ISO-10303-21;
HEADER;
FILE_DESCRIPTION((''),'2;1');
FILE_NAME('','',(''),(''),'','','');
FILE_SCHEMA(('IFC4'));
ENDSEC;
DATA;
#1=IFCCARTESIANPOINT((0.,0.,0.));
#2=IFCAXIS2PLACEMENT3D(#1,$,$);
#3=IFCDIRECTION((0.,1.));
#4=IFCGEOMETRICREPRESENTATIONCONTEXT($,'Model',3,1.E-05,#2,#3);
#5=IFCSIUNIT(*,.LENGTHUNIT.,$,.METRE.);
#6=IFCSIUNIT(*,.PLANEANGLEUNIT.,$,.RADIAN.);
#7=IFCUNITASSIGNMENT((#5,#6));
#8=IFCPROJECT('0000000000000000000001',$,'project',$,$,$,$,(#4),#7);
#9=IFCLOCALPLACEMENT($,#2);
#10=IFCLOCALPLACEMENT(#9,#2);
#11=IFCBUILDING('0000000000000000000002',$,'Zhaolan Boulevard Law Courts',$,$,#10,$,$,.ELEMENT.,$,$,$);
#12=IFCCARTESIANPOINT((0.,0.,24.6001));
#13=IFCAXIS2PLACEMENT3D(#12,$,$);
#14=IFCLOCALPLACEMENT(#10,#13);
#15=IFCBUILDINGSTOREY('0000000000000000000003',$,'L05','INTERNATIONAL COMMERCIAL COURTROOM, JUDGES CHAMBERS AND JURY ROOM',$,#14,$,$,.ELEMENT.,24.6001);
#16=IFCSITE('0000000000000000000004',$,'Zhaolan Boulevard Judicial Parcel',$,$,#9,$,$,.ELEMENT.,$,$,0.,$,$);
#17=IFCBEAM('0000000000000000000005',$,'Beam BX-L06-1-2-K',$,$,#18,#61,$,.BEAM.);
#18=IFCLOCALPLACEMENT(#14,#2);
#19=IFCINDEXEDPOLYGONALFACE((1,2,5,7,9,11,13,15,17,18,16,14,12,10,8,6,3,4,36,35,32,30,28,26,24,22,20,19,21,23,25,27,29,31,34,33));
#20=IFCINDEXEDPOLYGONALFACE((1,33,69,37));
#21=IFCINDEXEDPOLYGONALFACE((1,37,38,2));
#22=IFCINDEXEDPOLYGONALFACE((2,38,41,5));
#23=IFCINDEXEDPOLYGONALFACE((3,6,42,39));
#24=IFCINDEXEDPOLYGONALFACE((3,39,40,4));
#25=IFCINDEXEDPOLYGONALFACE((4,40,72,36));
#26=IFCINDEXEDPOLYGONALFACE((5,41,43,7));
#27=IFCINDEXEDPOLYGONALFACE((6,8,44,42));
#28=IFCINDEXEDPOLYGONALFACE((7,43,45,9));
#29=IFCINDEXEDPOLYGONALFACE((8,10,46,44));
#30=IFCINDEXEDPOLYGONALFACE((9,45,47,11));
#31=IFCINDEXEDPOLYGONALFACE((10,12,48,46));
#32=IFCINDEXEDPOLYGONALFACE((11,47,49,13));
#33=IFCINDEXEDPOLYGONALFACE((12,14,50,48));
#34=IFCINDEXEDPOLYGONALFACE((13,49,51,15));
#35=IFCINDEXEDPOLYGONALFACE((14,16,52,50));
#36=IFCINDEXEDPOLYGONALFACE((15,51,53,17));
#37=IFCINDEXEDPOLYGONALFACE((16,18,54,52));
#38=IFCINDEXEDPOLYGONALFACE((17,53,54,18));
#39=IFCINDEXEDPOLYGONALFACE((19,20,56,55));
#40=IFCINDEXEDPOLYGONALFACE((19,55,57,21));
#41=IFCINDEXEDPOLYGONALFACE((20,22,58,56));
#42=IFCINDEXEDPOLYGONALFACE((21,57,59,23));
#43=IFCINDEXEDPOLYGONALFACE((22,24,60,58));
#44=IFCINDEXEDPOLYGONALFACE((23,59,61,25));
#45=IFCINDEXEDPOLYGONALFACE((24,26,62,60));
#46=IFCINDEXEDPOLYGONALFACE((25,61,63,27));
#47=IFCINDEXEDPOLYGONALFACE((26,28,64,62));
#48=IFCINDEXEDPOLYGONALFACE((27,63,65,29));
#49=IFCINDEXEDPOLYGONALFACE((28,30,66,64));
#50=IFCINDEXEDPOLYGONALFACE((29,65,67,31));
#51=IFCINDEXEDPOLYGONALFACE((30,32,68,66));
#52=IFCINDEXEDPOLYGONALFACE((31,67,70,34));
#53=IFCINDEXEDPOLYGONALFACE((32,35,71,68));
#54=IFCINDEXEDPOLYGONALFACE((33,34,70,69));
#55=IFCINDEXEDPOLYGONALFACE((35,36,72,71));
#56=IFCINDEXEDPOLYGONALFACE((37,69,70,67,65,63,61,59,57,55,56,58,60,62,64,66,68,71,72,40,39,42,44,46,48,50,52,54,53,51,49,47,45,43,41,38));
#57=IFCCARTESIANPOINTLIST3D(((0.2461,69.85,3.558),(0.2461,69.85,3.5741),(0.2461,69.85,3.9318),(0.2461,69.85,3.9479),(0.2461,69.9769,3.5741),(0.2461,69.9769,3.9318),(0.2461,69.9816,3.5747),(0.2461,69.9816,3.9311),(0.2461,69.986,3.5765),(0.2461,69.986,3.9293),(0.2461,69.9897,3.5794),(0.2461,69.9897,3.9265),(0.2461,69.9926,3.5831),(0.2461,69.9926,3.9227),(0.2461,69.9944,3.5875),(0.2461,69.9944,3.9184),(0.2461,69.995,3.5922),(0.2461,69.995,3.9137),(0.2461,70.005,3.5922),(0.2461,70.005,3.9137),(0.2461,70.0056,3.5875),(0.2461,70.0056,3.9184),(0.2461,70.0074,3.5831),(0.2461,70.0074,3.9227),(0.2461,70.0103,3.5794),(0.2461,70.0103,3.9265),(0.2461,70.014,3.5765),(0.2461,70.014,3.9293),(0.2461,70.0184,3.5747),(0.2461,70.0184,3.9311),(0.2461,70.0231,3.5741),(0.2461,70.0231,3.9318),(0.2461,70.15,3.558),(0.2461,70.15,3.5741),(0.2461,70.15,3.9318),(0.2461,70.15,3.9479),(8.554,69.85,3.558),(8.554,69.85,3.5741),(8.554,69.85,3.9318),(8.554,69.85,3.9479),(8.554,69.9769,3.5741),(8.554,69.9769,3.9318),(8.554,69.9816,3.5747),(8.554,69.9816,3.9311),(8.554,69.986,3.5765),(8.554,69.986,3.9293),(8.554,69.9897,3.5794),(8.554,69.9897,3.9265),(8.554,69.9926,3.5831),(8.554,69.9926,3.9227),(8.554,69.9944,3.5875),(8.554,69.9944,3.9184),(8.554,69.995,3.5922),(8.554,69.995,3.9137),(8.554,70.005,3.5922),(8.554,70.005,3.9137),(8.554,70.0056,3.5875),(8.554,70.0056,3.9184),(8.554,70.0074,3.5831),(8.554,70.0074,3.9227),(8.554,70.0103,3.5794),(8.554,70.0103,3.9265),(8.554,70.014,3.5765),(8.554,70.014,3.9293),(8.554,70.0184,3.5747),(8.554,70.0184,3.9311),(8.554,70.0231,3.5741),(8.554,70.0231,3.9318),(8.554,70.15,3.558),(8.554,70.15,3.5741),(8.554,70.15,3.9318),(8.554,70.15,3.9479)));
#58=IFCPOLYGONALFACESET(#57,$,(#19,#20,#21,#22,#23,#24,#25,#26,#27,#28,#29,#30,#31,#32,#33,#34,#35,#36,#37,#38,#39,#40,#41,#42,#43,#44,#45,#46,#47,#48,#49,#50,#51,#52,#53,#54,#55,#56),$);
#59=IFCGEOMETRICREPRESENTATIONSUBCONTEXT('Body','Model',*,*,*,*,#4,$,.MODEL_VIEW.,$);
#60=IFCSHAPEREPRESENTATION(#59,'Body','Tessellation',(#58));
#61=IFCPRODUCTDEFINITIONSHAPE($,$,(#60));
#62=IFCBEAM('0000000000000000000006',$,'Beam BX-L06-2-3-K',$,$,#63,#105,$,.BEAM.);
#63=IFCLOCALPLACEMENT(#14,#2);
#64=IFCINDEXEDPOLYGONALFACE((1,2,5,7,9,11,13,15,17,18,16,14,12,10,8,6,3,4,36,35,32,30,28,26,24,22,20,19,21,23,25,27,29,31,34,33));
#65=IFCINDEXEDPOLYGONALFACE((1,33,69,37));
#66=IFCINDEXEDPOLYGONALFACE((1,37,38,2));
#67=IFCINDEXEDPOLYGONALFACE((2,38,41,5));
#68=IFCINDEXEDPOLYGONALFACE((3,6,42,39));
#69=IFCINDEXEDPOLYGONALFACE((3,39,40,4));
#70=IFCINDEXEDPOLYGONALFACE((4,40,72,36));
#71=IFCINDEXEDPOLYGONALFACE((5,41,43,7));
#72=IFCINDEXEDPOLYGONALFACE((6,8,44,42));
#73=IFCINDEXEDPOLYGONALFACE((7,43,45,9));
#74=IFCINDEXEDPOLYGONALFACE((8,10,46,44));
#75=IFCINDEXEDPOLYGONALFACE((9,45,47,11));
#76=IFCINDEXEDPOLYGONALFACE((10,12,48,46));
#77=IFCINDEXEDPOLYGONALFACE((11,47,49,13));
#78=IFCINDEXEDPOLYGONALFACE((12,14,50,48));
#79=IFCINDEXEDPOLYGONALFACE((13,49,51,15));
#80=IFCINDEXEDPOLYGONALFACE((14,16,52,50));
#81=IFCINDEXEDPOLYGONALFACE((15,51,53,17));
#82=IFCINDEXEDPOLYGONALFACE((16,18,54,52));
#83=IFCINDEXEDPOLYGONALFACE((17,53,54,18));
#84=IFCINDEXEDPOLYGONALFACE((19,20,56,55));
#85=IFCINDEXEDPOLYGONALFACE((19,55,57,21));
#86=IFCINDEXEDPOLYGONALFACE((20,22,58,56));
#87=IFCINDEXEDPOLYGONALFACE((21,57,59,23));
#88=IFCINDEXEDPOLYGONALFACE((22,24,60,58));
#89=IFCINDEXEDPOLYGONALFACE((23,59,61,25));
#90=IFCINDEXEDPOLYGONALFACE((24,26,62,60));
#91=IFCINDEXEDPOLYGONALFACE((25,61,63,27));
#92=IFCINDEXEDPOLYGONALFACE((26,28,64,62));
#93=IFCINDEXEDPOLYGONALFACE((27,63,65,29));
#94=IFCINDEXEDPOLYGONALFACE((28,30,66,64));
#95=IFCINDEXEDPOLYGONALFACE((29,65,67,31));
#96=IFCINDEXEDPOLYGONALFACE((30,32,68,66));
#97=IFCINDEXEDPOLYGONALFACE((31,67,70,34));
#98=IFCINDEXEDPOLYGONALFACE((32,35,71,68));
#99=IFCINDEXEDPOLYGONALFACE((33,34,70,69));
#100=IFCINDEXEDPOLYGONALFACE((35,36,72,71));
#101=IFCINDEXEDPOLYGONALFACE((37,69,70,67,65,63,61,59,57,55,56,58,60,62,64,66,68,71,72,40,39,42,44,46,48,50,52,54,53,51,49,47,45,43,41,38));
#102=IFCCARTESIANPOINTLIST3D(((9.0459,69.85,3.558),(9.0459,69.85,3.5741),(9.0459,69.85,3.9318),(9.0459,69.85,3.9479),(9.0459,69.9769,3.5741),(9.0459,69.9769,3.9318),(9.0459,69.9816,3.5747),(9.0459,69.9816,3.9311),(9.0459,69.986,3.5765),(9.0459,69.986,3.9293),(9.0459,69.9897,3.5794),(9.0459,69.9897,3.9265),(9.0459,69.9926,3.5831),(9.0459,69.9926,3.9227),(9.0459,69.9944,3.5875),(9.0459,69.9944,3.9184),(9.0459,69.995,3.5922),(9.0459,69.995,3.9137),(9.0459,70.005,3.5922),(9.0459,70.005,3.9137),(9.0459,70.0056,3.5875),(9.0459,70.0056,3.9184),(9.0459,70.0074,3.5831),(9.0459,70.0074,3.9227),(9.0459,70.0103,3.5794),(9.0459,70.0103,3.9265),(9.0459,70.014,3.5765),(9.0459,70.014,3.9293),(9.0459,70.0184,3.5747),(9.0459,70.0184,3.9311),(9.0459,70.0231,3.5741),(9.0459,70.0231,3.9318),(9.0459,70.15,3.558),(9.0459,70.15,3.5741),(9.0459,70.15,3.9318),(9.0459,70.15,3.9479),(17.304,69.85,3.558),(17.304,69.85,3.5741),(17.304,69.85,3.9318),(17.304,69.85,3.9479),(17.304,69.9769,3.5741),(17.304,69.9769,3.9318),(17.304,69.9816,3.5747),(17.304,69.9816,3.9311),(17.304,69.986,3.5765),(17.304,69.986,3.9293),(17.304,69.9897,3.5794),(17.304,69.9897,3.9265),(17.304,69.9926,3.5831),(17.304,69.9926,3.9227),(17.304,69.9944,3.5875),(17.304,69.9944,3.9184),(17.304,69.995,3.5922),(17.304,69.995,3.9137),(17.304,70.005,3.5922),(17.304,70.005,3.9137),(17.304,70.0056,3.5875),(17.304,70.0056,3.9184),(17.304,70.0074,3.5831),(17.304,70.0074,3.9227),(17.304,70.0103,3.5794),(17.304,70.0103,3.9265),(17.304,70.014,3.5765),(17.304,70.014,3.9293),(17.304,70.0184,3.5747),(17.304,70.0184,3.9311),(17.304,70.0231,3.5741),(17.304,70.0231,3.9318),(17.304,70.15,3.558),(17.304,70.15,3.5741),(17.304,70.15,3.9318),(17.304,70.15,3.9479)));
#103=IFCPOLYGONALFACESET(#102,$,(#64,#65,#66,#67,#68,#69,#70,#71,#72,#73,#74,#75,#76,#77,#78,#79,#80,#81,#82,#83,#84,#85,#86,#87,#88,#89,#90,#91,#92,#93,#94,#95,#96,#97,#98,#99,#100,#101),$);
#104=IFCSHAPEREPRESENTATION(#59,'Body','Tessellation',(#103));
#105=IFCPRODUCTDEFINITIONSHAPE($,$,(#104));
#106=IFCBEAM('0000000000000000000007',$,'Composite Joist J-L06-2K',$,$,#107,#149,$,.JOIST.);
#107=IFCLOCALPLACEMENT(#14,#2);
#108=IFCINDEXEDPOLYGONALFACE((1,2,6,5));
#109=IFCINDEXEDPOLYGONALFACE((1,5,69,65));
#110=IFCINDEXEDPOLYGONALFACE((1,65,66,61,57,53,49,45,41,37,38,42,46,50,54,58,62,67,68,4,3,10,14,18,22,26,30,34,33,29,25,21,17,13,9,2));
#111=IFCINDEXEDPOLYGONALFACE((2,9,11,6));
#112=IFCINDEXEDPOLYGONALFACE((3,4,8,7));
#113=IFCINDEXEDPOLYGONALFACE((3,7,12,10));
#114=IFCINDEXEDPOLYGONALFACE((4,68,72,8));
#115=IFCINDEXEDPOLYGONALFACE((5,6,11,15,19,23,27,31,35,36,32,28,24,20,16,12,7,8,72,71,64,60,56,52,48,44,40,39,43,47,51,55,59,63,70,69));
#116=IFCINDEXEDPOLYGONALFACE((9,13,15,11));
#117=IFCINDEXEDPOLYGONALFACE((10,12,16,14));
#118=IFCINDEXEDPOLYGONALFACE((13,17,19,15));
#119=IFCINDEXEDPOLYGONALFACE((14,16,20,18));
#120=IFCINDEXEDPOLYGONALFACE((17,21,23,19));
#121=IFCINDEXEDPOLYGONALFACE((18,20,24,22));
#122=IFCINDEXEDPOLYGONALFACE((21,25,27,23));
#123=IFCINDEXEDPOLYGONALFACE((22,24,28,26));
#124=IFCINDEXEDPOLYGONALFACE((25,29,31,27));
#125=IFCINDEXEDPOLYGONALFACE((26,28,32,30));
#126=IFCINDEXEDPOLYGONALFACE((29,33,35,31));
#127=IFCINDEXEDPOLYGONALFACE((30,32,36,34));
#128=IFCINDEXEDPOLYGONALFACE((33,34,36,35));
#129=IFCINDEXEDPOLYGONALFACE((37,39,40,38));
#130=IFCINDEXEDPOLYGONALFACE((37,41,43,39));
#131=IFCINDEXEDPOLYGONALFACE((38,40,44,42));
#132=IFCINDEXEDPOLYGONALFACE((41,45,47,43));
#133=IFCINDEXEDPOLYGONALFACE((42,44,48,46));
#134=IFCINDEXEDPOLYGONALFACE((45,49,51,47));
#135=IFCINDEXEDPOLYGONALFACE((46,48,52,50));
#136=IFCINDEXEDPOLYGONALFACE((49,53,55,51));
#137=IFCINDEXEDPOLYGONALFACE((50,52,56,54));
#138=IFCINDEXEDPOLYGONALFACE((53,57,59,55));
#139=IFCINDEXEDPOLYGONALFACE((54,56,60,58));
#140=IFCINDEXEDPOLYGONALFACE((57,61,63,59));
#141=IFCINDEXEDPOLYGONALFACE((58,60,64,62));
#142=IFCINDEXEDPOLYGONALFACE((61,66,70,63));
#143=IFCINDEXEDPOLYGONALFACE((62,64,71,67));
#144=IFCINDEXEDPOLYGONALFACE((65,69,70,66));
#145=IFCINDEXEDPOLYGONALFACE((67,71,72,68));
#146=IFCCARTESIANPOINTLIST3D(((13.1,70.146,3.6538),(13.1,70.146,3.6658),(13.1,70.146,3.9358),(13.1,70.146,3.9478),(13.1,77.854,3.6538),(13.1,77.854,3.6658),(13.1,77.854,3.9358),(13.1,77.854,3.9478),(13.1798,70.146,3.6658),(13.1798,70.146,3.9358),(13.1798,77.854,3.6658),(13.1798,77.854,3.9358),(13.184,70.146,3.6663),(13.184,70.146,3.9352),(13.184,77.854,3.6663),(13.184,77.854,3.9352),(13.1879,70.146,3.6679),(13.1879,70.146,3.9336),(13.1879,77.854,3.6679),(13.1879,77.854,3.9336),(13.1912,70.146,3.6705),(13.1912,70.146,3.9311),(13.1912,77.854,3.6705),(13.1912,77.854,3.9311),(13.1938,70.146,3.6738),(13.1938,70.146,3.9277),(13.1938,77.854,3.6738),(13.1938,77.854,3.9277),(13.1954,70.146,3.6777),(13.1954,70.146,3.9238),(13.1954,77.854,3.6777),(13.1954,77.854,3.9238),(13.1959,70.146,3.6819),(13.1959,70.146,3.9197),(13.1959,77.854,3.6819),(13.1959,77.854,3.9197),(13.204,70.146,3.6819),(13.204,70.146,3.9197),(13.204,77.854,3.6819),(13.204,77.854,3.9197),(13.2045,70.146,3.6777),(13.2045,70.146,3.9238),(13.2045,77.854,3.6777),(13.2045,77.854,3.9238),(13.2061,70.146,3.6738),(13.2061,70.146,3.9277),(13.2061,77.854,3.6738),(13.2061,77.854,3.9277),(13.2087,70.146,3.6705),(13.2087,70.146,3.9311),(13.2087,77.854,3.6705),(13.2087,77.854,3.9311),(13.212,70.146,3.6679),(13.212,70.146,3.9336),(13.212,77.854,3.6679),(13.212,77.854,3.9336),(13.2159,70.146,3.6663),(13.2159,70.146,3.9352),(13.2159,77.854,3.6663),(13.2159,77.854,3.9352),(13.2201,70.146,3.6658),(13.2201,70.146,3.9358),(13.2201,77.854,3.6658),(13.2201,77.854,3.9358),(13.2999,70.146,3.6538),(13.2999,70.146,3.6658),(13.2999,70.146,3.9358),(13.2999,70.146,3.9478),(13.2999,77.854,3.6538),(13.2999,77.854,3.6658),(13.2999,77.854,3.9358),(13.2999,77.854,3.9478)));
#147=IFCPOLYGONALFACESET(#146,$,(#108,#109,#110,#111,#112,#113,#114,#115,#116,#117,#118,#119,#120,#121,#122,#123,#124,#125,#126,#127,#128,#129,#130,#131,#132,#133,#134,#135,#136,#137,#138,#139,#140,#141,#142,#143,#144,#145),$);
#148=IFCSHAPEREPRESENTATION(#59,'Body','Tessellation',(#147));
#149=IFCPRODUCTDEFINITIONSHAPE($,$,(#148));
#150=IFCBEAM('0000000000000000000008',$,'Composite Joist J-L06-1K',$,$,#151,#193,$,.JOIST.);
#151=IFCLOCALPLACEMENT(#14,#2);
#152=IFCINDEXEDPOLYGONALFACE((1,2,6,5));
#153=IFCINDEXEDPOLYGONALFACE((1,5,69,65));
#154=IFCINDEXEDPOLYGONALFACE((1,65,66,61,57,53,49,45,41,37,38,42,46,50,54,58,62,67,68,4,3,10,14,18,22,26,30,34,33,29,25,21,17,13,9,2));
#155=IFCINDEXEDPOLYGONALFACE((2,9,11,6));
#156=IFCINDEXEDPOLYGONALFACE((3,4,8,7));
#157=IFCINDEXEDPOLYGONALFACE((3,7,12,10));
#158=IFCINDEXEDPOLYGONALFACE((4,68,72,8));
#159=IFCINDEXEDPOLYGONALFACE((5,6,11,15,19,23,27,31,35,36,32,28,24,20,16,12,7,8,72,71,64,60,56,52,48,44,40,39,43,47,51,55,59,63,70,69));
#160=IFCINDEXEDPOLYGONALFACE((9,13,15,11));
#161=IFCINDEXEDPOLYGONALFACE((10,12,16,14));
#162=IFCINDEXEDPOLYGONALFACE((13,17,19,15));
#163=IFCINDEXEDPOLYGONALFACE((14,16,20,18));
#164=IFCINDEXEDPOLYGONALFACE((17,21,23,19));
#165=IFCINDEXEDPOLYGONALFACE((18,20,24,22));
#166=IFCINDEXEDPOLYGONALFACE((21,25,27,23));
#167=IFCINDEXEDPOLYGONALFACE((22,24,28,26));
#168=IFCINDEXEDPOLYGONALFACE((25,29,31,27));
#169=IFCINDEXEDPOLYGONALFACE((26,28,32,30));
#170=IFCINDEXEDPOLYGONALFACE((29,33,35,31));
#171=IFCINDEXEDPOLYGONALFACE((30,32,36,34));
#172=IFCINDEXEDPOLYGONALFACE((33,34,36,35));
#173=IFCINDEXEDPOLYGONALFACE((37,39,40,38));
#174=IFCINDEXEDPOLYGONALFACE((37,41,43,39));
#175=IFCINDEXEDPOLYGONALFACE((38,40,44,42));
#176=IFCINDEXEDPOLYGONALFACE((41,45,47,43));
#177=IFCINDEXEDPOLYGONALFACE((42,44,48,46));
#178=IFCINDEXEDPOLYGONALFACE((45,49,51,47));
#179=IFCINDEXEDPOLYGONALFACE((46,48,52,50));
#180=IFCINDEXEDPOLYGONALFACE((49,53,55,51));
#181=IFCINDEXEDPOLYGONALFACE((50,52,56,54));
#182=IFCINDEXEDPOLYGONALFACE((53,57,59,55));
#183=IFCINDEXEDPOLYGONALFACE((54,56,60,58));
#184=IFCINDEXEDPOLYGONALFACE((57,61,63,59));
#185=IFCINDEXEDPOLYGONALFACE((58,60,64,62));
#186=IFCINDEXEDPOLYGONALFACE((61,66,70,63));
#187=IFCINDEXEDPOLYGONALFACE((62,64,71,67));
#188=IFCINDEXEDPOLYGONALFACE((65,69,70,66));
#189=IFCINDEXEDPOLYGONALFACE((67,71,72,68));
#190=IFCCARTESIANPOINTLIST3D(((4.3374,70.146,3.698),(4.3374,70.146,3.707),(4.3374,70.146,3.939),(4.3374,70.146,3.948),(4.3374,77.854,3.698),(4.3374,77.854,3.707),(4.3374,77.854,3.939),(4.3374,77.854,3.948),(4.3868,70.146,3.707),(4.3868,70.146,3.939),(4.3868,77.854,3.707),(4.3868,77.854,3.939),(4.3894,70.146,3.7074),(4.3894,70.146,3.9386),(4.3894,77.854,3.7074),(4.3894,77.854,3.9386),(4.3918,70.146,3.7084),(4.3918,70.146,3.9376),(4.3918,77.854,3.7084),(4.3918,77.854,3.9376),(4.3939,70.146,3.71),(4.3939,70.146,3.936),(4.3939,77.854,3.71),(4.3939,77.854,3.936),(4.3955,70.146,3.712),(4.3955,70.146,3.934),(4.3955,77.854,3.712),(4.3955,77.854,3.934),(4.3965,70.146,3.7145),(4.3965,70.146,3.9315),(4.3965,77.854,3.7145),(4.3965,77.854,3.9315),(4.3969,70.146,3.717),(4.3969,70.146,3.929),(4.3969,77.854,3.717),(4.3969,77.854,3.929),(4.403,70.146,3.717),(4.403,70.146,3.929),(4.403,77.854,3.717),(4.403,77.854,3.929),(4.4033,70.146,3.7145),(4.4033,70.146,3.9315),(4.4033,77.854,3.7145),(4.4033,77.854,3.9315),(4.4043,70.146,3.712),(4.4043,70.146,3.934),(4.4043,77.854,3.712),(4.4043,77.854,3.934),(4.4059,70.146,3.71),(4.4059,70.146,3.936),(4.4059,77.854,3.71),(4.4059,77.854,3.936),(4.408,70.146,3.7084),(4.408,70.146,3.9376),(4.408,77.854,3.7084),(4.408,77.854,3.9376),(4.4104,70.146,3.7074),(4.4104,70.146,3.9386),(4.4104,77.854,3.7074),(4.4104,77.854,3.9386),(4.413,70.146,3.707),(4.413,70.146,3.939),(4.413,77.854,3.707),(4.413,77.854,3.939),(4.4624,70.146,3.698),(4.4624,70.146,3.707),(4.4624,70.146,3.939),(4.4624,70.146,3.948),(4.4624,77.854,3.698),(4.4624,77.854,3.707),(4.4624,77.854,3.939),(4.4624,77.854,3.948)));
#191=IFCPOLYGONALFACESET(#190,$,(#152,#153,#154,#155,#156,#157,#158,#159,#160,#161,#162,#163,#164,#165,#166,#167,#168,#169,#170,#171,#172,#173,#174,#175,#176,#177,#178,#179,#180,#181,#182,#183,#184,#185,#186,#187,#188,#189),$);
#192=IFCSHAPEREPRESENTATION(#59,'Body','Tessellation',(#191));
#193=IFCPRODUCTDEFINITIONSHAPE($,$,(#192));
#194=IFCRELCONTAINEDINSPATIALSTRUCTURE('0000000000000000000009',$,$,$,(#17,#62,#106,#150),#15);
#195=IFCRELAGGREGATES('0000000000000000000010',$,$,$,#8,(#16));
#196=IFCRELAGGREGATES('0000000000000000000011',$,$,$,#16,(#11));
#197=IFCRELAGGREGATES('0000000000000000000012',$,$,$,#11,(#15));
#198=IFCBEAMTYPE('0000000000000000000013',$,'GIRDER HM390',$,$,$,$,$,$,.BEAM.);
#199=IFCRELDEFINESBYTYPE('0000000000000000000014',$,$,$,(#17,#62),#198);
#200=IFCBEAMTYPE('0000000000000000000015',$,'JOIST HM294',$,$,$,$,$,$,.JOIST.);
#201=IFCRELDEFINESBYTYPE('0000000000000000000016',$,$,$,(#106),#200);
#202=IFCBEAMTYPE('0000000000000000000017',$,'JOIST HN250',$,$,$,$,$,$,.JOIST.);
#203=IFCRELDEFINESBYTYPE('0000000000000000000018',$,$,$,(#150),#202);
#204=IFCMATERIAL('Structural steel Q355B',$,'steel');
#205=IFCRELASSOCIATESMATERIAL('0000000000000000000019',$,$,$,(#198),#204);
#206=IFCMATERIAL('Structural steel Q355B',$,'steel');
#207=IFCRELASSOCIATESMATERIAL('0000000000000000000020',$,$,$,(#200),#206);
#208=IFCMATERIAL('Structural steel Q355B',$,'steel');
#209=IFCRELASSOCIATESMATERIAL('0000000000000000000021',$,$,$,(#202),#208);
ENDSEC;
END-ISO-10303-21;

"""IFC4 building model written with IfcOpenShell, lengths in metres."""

from ifc_helpers import new_model, si_unit, direction, frame, origin, origin_2d, place, context, subcontext, project, spatial, i_section, extrude, material, material_profile, profile_set, type_object, element, save


model = new_model("IFC4")

# Units and contexts
model_context = context("Model", 3, precision=1e-05, world=origin(), true_north=direction((0.0, 1.0)))
body_context = subcontext(model_context, "Body", "Model", "MODEL_VIEW")
ifc_project = project(units=[si_unit("LENGTHUNIT", "METRE"), si_unit("PLANEANGLEUNIT", "RADIAN")], contexts=[model_context])

# Site, building, storey
site_placement = place(None, origin())
site = spatial("IfcSite", under=ifc_project, at=site_placement, Name="Zhaolan Boulevard Judicial Parcel", CompositionType="ELEMENT", RefElevation=0.0)
building_placement = place(site_placement, origin())
building = spatial("IfcBuilding", under=site, at=building_placement, Name="Zhaolan Boulevard Law Courts", CompositionType="ELEMENT")
storey_placement = place(building_placement, frame((0.0, 0.0, 24.6001)))
storey = spatial("IfcBuildingStorey", under=building, at=storey_placement, Name="L05", Description="INTERNATIONAL COMMERCIAL COURTROOM, JUDGES CHAMBERS AND JURY ROOM", CompositionType="ELEMENT", Elevation=24.6001)

# Beams
ifc_material_1 = material(Name="Structural steel Q355B", Category="steel")
ifc_material_profile_1 = material_profile(ifc_material_1, i_section(OverallWidth=0.3, OverallDepth=0.3899, WebThickness=0.01, FlangeThickness=0.0161, FilletRadius=0.0181, at=origin_2d()), Name="HM390x300")
ifc_profile_set_1 = profile_set([ifc_material_profile_1], Name="Structural steel Q355B")
beam_type_1 = type_object("IfcBeamType", Name="GIRDER HM390", PredefinedType="BEAM", material=ifc_profile_set_1)
beam_1_placement = place(storey_placement, frame((0.2461, 70.0, 3.7529), z_axis=(1.0, 0.0, 0.0), x_axis=(0.0, 1.0, 0.0)))
element("IfcBeam", 1, at=beam_1_placement, inside=storey, type_object=beam_type_1, Name="Beam BX-L06-1-2-K", PredefinedType="BEAM", context=body_context, shape_type="SweptSolid", body=[
    extrude(i_section(OverallWidth=0.3, OverallDepth=0.3899, WebThickness=0.01, FlangeThickness=0.0161, FilletRadius=0.0181, at=origin_2d()), origin(), (0.0, 0.0, 1.0), 8.3079),
])
beam_2_placement = place(storey_placement, frame((9.0459, 70.0, 3.7529), z_axis=(1.0, 0.0, 0.0), x_axis=(0.0, 1.0, 0.0)))
element("IfcBeam", 2, at=beam_2_placement, inside=storey, type_object=beam_type_1, Name="Beam BX-L06-2-3-K", PredefinedType="BEAM", context=body_context, shape_type="SweptSolid", body=[
    extrude(i_section(OverallWidth=0.3, OverallDepth=0.3899, WebThickness=0.01, FlangeThickness=0.0161, FilletRadius=0.0181, at=origin_2d()), origin(), (0.0, 0.0, 1.0), 8.2581),
])
ifc_material_2 = material(Name="Structural steel Q355B", Category="steel")
ifc_material_profile_2 = material_profile(ifc_material_2, i_section(OverallWidth=0.2, OverallDepth=0.2939, WebThickness=0.0081, FlangeThickness=0.012, FilletRadius=0.0161, at=origin_2d()), Name="HM294x200")
ifc_profile_set_2 = profile_set([ifc_material_profile_2], Name="Structural steel Q355B")
beam_type_2 = type_object("IfcBeamType", Name="JOIST HM294", PredefinedType="JOIST", material=ifc_profile_set_2)
beam_3_placement = place(storey_placement, frame((13.2, 70.146, 3.8008), z_axis=(0.0, 1.0, 0.0), x_axis=(-1.0, 0.0, 0.0)))
element("IfcBeam", 3, at=beam_3_placement, inside=storey, type_object=beam_type_2, Name="Composite Joist J-L06-2K", PredefinedType="JOIST", context=body_context, shape_type="SweptSolid", body=[
    extrude(i_section(OverallWidth=0.2, OverallDepth=0.2939, WebThickness=0.0081, FlangeThickness=0.012, FilletRadius=0.0161, at=origin_2d()), origin(), (0.0, 0.0, 1.0), 7.708),
])
ifc_material_3 = material(Name="Structural steel Q355B", Category="steel")
ifc_material_profile_3 = material_profile(ifc_material_3, i_section(OverallWidth=0.125, OverallDepth=0.25, WebThickness=0.0061, FlangeThickness=0.009, FilletRadius=0.01, at=origin_2d()), Name="HN250x125")
ifc_profile_set_3 = profile_set([ifc_material_profile_3], Name="Structural steel Q355B")
beam_type_3 = type_object("IfcBeamType", Name="JOIST HN250", PredefinedType="JOIST", material=ifc_profile_set_3)
beam_4_placement = place(storey_placement, frame((4.3999, 70.146, 3.823), z_axis=(0.0, 1.0, 0.0), x_axis=(-1.0, 0.0, 0.0)))
element("IfcBeam", 4, at=beam_4_placement, inside=storey, type_object=beam_type_3, Name="Composite Joist J-L06-1K", PredefinedType="JOIST", context=body_context, shape_type="SweptSolid", body=[
    extrude(i_section(OverallWidth=0.125, OverallDepth=0.25, WebThickness=0.0061, FlangeThickness=0.009, FilletRadius=0.01, at=origin_2d()), origin(), (0.0, 0.0, 1.0), 7.708),
])

save(model, "model.ifc")
